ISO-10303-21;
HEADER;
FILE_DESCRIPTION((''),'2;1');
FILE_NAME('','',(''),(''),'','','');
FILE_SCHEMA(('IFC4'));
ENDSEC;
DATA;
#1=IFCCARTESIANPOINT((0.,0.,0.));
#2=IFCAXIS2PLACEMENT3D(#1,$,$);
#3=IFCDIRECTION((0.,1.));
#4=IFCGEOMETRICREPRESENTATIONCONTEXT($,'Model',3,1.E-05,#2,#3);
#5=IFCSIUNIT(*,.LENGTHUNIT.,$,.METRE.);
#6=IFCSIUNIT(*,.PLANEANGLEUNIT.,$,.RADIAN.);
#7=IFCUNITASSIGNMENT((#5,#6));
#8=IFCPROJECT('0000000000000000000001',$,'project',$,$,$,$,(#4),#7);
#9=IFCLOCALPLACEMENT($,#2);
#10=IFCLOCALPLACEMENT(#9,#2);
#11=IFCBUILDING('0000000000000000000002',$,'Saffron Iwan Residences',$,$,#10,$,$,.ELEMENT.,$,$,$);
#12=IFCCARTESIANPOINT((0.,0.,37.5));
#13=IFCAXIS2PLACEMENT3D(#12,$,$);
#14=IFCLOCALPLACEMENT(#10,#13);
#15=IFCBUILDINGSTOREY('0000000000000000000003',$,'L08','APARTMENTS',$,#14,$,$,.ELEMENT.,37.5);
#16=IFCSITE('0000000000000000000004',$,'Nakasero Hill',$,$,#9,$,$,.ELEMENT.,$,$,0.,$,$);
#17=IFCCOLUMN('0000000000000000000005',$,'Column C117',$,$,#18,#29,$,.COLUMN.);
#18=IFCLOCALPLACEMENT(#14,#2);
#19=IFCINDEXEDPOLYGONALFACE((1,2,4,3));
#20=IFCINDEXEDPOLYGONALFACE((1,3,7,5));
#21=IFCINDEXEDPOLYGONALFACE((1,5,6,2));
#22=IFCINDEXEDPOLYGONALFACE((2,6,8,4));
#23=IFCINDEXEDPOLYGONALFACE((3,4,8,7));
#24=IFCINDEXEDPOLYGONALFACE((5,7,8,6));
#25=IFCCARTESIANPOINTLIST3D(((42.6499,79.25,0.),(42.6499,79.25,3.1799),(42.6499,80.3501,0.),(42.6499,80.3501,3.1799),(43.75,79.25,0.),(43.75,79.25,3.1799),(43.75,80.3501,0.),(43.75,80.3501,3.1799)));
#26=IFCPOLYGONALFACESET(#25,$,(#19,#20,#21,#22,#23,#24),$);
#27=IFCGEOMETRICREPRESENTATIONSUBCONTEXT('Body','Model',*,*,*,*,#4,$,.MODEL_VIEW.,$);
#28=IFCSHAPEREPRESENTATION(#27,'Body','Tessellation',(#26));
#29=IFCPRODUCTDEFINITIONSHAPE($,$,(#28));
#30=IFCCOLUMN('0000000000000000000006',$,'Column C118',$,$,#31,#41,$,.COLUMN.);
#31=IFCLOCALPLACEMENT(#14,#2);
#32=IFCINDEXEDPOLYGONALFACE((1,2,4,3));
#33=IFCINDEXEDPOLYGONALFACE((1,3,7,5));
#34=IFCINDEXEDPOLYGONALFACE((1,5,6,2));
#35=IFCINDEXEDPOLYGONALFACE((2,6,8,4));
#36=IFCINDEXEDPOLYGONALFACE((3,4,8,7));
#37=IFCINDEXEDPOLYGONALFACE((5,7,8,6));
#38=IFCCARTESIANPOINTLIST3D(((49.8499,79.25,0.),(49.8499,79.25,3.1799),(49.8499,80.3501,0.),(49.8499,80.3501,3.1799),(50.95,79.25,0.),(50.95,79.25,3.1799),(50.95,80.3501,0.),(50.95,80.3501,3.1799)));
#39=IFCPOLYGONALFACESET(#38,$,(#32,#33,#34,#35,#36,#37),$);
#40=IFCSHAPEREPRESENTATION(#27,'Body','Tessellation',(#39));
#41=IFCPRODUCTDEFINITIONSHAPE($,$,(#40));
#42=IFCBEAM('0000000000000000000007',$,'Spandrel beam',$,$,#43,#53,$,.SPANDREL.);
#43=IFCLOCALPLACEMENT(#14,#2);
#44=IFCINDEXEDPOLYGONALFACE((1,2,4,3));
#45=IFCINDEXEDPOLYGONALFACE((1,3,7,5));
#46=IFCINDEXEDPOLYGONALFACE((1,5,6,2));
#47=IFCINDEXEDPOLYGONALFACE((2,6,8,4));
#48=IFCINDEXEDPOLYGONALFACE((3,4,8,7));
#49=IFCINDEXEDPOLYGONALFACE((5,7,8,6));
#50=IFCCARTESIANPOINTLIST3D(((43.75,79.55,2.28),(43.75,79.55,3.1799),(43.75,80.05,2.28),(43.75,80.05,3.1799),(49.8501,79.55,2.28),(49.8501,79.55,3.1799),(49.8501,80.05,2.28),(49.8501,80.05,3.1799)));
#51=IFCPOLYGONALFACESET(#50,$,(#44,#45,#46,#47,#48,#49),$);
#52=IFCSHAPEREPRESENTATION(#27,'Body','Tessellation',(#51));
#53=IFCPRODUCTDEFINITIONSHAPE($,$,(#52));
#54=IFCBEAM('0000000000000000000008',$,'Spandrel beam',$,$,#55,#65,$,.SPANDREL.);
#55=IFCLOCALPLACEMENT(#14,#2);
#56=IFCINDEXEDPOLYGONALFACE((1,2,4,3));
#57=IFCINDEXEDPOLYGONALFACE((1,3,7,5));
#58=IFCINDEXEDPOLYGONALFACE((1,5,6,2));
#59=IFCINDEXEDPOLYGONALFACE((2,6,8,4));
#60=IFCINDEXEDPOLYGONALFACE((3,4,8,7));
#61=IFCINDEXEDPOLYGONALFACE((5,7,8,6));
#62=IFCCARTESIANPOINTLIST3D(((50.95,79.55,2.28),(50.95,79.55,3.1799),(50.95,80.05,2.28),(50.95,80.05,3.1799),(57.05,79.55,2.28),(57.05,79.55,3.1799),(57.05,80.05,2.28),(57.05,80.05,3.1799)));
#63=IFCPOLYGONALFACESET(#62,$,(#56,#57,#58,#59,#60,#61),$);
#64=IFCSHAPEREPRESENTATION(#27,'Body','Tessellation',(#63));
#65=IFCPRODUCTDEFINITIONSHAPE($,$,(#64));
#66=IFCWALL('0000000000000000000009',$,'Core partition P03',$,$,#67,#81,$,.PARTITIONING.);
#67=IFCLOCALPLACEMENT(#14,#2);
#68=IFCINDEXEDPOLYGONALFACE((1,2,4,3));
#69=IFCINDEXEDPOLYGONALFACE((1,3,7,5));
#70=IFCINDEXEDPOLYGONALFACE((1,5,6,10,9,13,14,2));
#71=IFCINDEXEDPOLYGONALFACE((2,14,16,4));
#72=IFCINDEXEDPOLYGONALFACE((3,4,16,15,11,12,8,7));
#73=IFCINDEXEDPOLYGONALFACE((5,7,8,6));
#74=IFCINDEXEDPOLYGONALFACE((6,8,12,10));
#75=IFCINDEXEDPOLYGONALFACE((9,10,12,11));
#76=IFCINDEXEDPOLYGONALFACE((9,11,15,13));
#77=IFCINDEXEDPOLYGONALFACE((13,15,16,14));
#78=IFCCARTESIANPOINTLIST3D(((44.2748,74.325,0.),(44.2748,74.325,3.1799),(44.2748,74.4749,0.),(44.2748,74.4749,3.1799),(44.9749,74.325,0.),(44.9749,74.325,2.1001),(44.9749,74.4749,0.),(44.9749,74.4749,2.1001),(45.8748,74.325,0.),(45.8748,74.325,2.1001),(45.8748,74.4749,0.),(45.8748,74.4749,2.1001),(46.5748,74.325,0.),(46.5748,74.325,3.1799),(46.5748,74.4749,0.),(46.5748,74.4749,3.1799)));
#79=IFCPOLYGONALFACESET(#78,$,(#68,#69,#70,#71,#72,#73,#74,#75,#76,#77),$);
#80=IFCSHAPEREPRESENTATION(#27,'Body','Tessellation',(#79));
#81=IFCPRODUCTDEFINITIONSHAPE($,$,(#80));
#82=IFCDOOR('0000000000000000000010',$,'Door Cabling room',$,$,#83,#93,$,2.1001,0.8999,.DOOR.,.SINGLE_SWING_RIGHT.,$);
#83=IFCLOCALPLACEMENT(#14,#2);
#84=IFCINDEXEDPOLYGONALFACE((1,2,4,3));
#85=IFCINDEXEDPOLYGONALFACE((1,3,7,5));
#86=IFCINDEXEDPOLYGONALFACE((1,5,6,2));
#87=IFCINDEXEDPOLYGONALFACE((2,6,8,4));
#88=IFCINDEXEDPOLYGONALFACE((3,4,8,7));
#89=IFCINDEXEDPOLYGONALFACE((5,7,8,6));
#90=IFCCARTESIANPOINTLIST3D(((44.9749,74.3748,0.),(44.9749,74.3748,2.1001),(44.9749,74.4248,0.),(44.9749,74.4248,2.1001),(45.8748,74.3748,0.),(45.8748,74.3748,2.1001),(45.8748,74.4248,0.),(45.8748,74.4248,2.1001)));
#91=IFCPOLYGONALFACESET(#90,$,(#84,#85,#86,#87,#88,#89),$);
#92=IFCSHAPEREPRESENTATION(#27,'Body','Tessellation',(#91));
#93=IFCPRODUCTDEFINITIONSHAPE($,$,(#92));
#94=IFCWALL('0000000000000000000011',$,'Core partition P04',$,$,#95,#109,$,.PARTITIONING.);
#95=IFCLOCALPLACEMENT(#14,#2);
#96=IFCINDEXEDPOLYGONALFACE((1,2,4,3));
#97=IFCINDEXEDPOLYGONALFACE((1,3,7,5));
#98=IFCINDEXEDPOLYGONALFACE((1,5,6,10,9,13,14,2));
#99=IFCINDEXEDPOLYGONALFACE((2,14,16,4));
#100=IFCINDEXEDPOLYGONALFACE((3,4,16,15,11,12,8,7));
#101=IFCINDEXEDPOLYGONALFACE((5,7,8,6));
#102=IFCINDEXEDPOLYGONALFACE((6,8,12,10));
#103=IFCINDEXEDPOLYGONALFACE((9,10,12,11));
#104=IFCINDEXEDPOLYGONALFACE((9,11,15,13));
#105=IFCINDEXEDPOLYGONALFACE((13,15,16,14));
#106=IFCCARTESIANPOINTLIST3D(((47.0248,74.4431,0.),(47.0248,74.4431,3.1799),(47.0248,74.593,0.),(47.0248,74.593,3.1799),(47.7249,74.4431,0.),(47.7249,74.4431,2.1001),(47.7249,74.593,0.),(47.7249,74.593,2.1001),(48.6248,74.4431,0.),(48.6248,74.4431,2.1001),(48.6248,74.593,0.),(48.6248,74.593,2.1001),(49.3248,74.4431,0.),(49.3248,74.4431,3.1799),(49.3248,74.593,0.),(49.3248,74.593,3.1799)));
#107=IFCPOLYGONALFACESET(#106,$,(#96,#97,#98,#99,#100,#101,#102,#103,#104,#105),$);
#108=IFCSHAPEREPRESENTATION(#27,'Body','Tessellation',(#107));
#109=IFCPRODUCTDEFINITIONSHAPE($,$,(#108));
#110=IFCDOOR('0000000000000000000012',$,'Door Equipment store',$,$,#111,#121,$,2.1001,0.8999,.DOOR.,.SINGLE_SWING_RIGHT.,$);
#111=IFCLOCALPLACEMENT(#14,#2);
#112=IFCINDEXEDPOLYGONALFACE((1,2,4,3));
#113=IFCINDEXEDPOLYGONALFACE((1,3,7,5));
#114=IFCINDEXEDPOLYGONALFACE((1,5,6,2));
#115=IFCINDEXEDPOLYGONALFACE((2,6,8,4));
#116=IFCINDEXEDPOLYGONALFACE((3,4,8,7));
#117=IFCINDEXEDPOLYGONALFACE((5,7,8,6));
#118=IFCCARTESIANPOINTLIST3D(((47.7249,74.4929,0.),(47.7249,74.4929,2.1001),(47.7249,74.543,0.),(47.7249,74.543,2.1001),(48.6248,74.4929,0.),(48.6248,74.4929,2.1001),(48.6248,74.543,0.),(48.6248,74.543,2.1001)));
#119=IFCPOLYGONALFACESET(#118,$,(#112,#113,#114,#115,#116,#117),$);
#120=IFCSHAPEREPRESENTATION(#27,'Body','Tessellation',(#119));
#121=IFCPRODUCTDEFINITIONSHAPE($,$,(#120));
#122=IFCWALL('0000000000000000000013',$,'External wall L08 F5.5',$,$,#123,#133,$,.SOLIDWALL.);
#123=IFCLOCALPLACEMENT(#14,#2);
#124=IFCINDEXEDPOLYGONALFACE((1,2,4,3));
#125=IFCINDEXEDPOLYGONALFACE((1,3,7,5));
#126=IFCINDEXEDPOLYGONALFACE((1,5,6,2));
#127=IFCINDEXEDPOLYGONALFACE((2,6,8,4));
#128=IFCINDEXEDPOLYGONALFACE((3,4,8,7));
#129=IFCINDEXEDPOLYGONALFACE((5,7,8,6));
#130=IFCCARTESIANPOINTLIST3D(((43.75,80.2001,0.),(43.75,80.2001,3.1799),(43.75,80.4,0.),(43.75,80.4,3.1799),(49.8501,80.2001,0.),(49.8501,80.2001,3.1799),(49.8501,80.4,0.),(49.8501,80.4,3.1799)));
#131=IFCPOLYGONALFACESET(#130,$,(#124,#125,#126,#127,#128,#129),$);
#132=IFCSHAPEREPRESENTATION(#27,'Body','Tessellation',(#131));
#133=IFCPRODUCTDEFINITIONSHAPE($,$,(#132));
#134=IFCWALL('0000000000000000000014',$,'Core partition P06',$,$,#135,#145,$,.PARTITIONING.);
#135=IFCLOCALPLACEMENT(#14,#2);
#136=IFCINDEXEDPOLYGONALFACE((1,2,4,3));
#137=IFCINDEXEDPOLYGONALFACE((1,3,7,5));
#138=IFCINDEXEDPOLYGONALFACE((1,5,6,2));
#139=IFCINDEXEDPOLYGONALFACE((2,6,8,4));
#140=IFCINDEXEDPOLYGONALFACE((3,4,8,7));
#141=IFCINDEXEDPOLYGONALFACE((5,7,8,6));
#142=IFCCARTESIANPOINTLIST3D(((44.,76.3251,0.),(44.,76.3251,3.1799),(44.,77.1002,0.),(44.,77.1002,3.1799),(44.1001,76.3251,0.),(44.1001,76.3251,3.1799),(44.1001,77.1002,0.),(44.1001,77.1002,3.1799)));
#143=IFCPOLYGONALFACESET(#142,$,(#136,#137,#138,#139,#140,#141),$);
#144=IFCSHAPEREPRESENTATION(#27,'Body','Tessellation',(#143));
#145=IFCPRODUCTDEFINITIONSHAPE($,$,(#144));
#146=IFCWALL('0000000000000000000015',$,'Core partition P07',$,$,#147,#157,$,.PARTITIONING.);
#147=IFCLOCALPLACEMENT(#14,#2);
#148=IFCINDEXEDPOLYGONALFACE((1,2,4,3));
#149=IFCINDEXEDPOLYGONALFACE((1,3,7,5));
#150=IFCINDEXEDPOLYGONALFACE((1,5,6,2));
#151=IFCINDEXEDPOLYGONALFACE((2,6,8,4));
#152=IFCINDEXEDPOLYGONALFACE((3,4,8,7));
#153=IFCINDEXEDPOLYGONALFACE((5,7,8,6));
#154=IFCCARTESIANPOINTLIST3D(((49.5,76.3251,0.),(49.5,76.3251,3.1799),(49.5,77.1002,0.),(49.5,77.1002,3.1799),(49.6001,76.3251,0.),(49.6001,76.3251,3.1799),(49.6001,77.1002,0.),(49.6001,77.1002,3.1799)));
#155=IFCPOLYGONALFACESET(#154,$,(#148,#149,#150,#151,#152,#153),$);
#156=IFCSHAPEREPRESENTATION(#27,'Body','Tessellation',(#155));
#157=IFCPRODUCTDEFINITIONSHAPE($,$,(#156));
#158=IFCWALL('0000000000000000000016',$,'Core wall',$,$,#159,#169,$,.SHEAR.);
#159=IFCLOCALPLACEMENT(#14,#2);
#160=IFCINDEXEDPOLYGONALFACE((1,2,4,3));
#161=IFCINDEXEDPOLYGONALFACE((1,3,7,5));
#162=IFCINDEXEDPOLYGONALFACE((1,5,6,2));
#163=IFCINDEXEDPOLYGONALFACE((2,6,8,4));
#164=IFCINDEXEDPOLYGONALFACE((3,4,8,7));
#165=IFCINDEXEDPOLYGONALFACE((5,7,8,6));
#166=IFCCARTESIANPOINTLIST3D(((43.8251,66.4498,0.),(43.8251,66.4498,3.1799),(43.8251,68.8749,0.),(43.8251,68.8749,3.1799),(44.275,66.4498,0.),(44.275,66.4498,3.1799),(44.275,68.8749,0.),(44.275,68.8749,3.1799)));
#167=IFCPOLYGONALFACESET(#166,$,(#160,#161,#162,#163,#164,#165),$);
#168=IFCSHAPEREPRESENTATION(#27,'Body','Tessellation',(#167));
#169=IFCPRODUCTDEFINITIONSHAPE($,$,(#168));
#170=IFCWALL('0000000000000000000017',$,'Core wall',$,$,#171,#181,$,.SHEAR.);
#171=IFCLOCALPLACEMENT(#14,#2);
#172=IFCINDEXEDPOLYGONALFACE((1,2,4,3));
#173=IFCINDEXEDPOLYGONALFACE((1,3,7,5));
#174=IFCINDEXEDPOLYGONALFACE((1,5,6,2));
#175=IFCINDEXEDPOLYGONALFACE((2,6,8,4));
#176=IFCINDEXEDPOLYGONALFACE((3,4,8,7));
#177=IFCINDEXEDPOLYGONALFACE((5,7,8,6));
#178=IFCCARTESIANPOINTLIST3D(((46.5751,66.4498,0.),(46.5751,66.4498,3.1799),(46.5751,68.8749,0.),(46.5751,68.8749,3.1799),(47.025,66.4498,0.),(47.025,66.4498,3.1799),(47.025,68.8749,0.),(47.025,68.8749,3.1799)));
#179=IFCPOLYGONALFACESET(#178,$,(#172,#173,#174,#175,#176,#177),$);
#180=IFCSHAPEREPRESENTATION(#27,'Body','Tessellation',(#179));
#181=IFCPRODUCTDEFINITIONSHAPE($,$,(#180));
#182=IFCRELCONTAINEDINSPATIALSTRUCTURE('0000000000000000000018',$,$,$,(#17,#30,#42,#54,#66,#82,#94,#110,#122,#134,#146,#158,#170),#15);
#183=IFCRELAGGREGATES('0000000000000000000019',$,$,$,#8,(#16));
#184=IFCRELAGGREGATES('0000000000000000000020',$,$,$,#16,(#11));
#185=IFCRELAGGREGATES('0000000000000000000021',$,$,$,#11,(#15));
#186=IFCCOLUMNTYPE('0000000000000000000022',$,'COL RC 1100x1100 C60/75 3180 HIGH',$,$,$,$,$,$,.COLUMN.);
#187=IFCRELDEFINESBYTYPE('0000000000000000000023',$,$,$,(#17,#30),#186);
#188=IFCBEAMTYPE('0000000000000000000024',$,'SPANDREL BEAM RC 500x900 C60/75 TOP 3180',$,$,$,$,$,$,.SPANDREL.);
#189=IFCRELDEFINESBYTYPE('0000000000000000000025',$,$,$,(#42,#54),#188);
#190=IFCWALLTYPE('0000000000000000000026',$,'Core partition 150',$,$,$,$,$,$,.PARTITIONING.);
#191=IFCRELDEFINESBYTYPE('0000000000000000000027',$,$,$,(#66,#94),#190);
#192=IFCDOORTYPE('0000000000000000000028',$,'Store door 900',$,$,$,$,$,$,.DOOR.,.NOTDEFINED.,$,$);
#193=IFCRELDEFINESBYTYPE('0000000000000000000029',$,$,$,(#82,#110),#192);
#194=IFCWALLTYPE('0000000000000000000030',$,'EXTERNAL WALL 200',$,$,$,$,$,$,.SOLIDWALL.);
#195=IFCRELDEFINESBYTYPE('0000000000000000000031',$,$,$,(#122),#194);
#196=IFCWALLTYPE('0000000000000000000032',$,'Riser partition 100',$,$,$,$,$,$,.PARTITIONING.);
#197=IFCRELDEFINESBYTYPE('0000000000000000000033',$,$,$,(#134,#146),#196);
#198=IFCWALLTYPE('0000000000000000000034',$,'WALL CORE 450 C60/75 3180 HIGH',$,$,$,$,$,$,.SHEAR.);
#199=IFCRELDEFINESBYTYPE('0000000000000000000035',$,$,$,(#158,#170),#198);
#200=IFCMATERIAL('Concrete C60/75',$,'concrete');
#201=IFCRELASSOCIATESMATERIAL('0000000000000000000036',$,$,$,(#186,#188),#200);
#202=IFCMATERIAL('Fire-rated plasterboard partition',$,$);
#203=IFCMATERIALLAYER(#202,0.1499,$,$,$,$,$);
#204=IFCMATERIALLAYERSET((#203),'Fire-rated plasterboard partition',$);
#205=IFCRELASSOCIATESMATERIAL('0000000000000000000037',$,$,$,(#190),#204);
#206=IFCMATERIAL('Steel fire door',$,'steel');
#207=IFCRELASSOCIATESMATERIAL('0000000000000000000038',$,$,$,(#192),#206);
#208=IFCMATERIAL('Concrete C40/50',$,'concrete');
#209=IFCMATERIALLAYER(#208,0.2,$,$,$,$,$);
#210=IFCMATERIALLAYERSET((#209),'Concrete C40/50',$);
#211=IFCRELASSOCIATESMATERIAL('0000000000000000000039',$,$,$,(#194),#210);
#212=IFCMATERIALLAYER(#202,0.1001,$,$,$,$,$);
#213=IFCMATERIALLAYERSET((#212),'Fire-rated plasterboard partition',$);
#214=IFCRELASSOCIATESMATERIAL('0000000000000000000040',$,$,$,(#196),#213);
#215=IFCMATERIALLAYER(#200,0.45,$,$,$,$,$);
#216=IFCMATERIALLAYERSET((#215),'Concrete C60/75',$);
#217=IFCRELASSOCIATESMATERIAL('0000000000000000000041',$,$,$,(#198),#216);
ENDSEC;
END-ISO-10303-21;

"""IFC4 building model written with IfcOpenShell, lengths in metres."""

from ifc_helpers import new_model, si_unit, direction, frame, frame_2d, origin, origin_2d, place, context, subcontext, project, spatial, rectangle, extrude, source, transform, mapped, material, layer, layer_set, material_profile, profile_set, type_object, element, fill, save


model = new_model("IFC4")

# Units and contexts
model_context = context("Model", 3, precision=1e-05, world=origin(), true_north=direction((0.0, 1.0)))
body_context = subcontext(model_context, "Body", "Model", "MODEL_VIEW")
ifc_project = project(units=[si_unit("LENGTHUNIT", "METRE"), si_unit("PLANEANGLEUNIT", "RADIAN")], contexts=[model_context])

# Site, building, storey
site_placement = place(None, origin())
site = spatial("IfcSite", under=ifc_project, at=site_placement, Name="Nakasero Hill", CompositionType="ELEMENT", RefElevation=0.0)
building_placement = place(site_placement, origin())
building = spatial("IfcBuilding", under=site, at=building_placement, Name="Saffron Iwan Residences", CompositionType="ELEMENT")
storey_placement = place(building_placement, frame((0.0, 0.0, 37.5)))
storey = spatial("IfcBuildingStorey", under=building, at=storey_placement, Name="L08", Description="APARTMENTS", CompositionType="ELEMENT", Elevation=37.5)

# Columns
ifc_material_1 = material(Name="Concrete C60/75", Category="concrete")
ifc_material_profile_1 = material_profile(ifc_material_1, rectangle(XDim=1.1001, YDim=1.1001, at=origin_2d()), Name="RC 1100x1100")
ifc_profile_set_1 = profile_set([ifc_material_profile_1], Name="Concrete C60/75")
column_type = type_object("IfcColumnType", Name="COL RC 1100x1100 C60/75 3180 HIGH", PredefinedType="COLUMN", material=ifc_profile_set_1)
shared_shape_1 = source(origin(), body_context, "Body", "SweptSolid", [
    extrude(rectangle(XDim=1.1001, YDim=1.1001, at=origin_2d()), origin(), (0.0, 0.0, 1.0), 3.1799),
])
for number, where, z_axis, x_axis, name in (
    (1, (43.2, 79.8, 0.0), (0.0, 0.0, 1.0), (1.0, 0.0, 0.0), "Column C117"),
    (2, (50.3999, 79.8, 0.0), (0.0, 0.0, 1.0), (1.0, 0.0, 0.0), "Column C118"),
):
    element("IfcColumn", number, at=place(storey_placement, frame(where, z_axis=z_axis, x_axis=x_axis)), inside=storey, type_object=column_type, Name=name, PredefinedType="COLUMN", context=body_context, shape_type="MappedRepresentation", body=[
        mapped(shared_shape_1, transform((0.0, 0.0, 0.0))),
    ])

# Beams
ifc_material_profile_2 = material_profile(ifc_material_1, rectangle(XDim=0.5, YDim=0.8999, at=origin_2d()), Name="RC 500x900")
ifc_profile_set_2 = profile_set([ifc_material_profile_2], Name="Concrete C60/75")
beam_type = type_object("IfcBeamType", Name="SPANDREL BEAM RC 500x900 C60/75 TOP 3180", PredefinedType="SPANDREL", material=ifc_profile_set_2)
shared_shape_2 = source(origin(), body_context, "Body", "SweptSolid", [
    extrude(rectangle(XDim=0.5, YDim=0.8999, at=origin_2d()), origin(), (0.0, 0.0, 1.0), 6.1001),
])
for number, where, z_axis, x_axis, name in (
    (3, (43.75, 79.8, 2.73), (1.0, 0.0, 0.0), (0.0, 1.0, 0.0), "Spandrel beam"),
    (4, (50.95, 79.8, 2.73), (1.0, 0.0, 0.0), (0.0, 1.0, 0.0), "Spandrel beam"),
):
    element("IfcBeam", number, at=place(storey_placement, frame(where, z_axis=z_axis, x_axis=x_axis)), inside=storey, type_object=beam_type, Name=name, PredefinedType="SPANDREL", context=body_context, shape_type="MappedRepresentation", body=[
        mapped(shared_shape_2, transform((0.0, 0.0, 0.0))),
    ])

# Walls, openings, doors
ifc_material_2 = material(Name="Fire-rated plasterboard partition")
ifc_layer_1 = layer(ifc_material_2, 0.1499)
ifc_layer_set_1 = layer_set([ifc_layer_1], Name="Fire-rated plasterboard partition")
wall_type_1 = type_object("IfcWallType", Name="Core partition 150", PredefinedType="PARTITIONING", material=ifc_layer_set_1)
wall_1_placement = place(storey_placement, frame((44.2749, 74.3999, 0.0), z_axis=(0.0, 0.0, 1.0), x_axis=(1.0, 0.0, 0.0)))
wall_1 = element("IfcWall", 5, at=wall_1_placement, inside=storey, type_object=wall_type_1, Name="Core partition P03", PredefinedType="PARTITIONING", context=body_context, shape_type="SweptSolid", body=[
    extrude(rectangle(XDim=2.3, YDim=0.1499, at=frame_2d((1.1499, 0.0))), origin(), (0.0, 0.0, 1.0), 3.1799),
])
opening_1_placement = place(wall_1_placement, frame((0.7, 0.0, 0.0)))
opening_1 = element("IfcOpeningElement", 6, at=opening_1_placement, cuts=wall_1, PredefinedType="OPENING", context=body_context, shape_type="SweptSolid", body=[
    extrude(rectangle(XDim=0.8999, YDim=2.1001, at=frame_2d((0.45, 1.05))), frame((0.0, 0.085, 0.0), z_axis=(0.0, -1.0, 0.0), x_axis=(1.0, 0.0, 0.0)), (0.0, 0.0, 1.0), 0.1699),
])
ifc_material_3 = material(Name="Steel fire door", Category="steel")
door_type = type_object("IfcDoorType", Name="Store door 900", OperationType="NOTDEFINED", PredefinedType="DOOR", material=ifc_material_3)
door_1_placement = place(opening_1_placement, origin())
door_1 = element("IfcDoor", 7, at=door_1_placement, inside=storey, type_object=door_type, Name="Door Cabling room", OperationType="SINGLE_SWING_RIGHT", OverallHeight=2.1001, OverallWidth=0.8999, PredefinedType="DOOR", context=body_context, shape_type="SweptSolid", body=[
    extrude(rectangle(XDim=0.8999, YDim=2.1001, at=frame_2d((0.45, 1.05))), frame((0.0, 0.0249, 0.0), z_axis=(0.0, -1.0, 0.0), x_axis=(1.0, 0.0, 0.0)), (0.0, 0.0, 1.0), 0.05),
])
fill(opening_1, door_1)
wall_2_placement = place(storey_placement, frame((47.0249, 74.5181, 0.0), z_axis=(0.0, 0.0, 1.0), x_axis=(1.0, 0.0, 0.0)))
wall_2 = element("IfcWall", 8, at=wall_2_placement, inside=storey, type_object=wall_type_1, Name="Core partition P04", PredefinedType="PARTITIONING", context=body_context, shape_type="SweptSolid", body=[
    extrude(rectangle(XDim=2.3, YDim=0.1499, at=frame_2d((1.1499, 0.0))), origin(), (0.0, 0.0, 1.0), 3.1799),
])
opening_2_placement = place(wall_2_placement, frame((0.7, 0.0, 0.0)))
opening_2 = element("IfcOpeningElement", 9, at=opening_2_placement, cuts=wall_2, PredefinedType="OPENING", context=body_context, shape_type="SweptSolid", body=[
    extrude(rectangle(XDim=0.8999, YDim=2.1001, at=frame_2d((0.45, 1.05))), frame((0.0, 0.085, 0.0), z_axis=(0.0, -1.0, 0.0), x_axis=(1.0, 0.0, 0.0)), (0.0, 0.0, 1.0), 0.1699),
])
door_2_placement = place(opening_2_placement, origin())
door_2 = element("IfcDoor", 10, at=door_2_placement, inside=storey, type_object=door_type, Name="Door Equipment store", OperationType="SINGLE_SWING_RIGHT", OverallHeight=2.1001, OverallWidth=0.8999, PredefinedType="DOOR", context=body_context, shape_type="SweptSolid", body=[
    extrude(rectangle(XDim=0.8999, YDim=2.1001, at=frame_2d((0.45, 1.05))), frame((0.0, 0.0249, 0.0), z_axis=(0.0, -1.0, 0.0), x_axis=(1.0, 0.0, 0.0)), (0.0, 0.0, 1.0), 0.05),
])
fill(opening_2, door_2)

# Walls
ifc_material_4 = material(Name="Concrete C40/50", Category="concrete")
ifc_layer_2 = layer(ifc_material_4, 0.2)
ifc_layer_set_2 = layer_set([ifc_layer_2], Name="Concrete C40/50")
wall_type_2 = type_object("IfcWallType", Name="EXTERNAL WALL 200", PredefinedType="SOLIDWALL", material=ifc_layer_set_2)
wall_3_placement = place(storey_placement, frame((49.8501, 80.3, 0.0), z_axis=(0.0, 0.0, 1.0), x_axis=(-1.0, 0.0, 0.0)))
element("IfcWall", 11, at=wall_3_placement, inside=storey, type_object=wall_type_2, Name="External wall L08 F5.5", PredefinedType="SOLIDWALL", context=body_context, shape_type="SweptSolid", body=[
    extrude(rectangle(XDim=6.1001, YDim=0.2, at=frame_2d((3.05, 0.0))), origin(), (0.0, 0.0, 1.0), 3.1799),
])
ifc_layer_3 = layer(ifc_material_2, 0.1001)
ifc_layer_set_3 = layer_set([ifc_layer_3], Name="Fire-rated plasterboard partition")
wall_type_3 = type_object("IfcWallType", Name="Riser partition 100", PredefinedType="PARTITIONING", material=ifc_layer_set_3)
for number, where, z_axis, x_axis, name in (
    (12, (44.05, 76.325, 0.0), (0.0, 0.0, 1.0), (0.0, 1.0, 0.0), "Core partition P06"),
    (13, (49.55, 76.325, 0.0), (0.0, 0.0, 1.0), (0.0, 1.0, 0.0), "Core partition P07"),
):
    element("IfcWall", number, at=place(storey_placement, frame(where, z_axis=z_axis, x_axis=x_axis)), inside=storey, type_object=wall_type_3, Name=name, PredefinedType="PARTITIONING", context=body_context, shape_type="SweptSolid", body=[
        extrude(rectangle(XDim=0.7751, YDim=0.1001, at=frame_2d((0.3877, 0.0))), origin(), (0.0, 0.0, 1.0), 3.1799),
    ])
ifc_layer_4 = layer(ifc_material_1, 0.45)
ifc_layer_set_4 = layer_set([ifc_layer_4], Name="Concrete C60/75")
wall_type_4 = type_object("IfcWallType", Name="WALL CORE 450 C60/75 3180 HIGH", PredefinedType="SHEAR", material=ifc_layer_set_4)
for number, where, z_axis, x_axis, name in (
    (14, (44.05, 66.45, 0.0), (0.0, 0.0, 1.0), (0.0, 1.0, 0.0), "Core wall"),
    (15, (46.8, 66.45, 0.0), (0.0, 0.0, 1.0), (0.0, 1.0, 0.0), "Core wall"),
):
    element("IfcWall", number, at=place(storey_placement, frame(where, z_axis=z_axis, x_axis=x_axis)), inside=storey, type_object=wall_type_4, Name=name, PredefinedType="SHEAR", context=body_context, shape_type="SweptSolid", body=[
        extrude(rectangle(XDim=2.425, YDim=0.45, at=frame_2d((1.2124, 0.0))), origin(), (0.0, 0.0, 1.0), 3.1799),
    ])

save(model, "model.ifc")
